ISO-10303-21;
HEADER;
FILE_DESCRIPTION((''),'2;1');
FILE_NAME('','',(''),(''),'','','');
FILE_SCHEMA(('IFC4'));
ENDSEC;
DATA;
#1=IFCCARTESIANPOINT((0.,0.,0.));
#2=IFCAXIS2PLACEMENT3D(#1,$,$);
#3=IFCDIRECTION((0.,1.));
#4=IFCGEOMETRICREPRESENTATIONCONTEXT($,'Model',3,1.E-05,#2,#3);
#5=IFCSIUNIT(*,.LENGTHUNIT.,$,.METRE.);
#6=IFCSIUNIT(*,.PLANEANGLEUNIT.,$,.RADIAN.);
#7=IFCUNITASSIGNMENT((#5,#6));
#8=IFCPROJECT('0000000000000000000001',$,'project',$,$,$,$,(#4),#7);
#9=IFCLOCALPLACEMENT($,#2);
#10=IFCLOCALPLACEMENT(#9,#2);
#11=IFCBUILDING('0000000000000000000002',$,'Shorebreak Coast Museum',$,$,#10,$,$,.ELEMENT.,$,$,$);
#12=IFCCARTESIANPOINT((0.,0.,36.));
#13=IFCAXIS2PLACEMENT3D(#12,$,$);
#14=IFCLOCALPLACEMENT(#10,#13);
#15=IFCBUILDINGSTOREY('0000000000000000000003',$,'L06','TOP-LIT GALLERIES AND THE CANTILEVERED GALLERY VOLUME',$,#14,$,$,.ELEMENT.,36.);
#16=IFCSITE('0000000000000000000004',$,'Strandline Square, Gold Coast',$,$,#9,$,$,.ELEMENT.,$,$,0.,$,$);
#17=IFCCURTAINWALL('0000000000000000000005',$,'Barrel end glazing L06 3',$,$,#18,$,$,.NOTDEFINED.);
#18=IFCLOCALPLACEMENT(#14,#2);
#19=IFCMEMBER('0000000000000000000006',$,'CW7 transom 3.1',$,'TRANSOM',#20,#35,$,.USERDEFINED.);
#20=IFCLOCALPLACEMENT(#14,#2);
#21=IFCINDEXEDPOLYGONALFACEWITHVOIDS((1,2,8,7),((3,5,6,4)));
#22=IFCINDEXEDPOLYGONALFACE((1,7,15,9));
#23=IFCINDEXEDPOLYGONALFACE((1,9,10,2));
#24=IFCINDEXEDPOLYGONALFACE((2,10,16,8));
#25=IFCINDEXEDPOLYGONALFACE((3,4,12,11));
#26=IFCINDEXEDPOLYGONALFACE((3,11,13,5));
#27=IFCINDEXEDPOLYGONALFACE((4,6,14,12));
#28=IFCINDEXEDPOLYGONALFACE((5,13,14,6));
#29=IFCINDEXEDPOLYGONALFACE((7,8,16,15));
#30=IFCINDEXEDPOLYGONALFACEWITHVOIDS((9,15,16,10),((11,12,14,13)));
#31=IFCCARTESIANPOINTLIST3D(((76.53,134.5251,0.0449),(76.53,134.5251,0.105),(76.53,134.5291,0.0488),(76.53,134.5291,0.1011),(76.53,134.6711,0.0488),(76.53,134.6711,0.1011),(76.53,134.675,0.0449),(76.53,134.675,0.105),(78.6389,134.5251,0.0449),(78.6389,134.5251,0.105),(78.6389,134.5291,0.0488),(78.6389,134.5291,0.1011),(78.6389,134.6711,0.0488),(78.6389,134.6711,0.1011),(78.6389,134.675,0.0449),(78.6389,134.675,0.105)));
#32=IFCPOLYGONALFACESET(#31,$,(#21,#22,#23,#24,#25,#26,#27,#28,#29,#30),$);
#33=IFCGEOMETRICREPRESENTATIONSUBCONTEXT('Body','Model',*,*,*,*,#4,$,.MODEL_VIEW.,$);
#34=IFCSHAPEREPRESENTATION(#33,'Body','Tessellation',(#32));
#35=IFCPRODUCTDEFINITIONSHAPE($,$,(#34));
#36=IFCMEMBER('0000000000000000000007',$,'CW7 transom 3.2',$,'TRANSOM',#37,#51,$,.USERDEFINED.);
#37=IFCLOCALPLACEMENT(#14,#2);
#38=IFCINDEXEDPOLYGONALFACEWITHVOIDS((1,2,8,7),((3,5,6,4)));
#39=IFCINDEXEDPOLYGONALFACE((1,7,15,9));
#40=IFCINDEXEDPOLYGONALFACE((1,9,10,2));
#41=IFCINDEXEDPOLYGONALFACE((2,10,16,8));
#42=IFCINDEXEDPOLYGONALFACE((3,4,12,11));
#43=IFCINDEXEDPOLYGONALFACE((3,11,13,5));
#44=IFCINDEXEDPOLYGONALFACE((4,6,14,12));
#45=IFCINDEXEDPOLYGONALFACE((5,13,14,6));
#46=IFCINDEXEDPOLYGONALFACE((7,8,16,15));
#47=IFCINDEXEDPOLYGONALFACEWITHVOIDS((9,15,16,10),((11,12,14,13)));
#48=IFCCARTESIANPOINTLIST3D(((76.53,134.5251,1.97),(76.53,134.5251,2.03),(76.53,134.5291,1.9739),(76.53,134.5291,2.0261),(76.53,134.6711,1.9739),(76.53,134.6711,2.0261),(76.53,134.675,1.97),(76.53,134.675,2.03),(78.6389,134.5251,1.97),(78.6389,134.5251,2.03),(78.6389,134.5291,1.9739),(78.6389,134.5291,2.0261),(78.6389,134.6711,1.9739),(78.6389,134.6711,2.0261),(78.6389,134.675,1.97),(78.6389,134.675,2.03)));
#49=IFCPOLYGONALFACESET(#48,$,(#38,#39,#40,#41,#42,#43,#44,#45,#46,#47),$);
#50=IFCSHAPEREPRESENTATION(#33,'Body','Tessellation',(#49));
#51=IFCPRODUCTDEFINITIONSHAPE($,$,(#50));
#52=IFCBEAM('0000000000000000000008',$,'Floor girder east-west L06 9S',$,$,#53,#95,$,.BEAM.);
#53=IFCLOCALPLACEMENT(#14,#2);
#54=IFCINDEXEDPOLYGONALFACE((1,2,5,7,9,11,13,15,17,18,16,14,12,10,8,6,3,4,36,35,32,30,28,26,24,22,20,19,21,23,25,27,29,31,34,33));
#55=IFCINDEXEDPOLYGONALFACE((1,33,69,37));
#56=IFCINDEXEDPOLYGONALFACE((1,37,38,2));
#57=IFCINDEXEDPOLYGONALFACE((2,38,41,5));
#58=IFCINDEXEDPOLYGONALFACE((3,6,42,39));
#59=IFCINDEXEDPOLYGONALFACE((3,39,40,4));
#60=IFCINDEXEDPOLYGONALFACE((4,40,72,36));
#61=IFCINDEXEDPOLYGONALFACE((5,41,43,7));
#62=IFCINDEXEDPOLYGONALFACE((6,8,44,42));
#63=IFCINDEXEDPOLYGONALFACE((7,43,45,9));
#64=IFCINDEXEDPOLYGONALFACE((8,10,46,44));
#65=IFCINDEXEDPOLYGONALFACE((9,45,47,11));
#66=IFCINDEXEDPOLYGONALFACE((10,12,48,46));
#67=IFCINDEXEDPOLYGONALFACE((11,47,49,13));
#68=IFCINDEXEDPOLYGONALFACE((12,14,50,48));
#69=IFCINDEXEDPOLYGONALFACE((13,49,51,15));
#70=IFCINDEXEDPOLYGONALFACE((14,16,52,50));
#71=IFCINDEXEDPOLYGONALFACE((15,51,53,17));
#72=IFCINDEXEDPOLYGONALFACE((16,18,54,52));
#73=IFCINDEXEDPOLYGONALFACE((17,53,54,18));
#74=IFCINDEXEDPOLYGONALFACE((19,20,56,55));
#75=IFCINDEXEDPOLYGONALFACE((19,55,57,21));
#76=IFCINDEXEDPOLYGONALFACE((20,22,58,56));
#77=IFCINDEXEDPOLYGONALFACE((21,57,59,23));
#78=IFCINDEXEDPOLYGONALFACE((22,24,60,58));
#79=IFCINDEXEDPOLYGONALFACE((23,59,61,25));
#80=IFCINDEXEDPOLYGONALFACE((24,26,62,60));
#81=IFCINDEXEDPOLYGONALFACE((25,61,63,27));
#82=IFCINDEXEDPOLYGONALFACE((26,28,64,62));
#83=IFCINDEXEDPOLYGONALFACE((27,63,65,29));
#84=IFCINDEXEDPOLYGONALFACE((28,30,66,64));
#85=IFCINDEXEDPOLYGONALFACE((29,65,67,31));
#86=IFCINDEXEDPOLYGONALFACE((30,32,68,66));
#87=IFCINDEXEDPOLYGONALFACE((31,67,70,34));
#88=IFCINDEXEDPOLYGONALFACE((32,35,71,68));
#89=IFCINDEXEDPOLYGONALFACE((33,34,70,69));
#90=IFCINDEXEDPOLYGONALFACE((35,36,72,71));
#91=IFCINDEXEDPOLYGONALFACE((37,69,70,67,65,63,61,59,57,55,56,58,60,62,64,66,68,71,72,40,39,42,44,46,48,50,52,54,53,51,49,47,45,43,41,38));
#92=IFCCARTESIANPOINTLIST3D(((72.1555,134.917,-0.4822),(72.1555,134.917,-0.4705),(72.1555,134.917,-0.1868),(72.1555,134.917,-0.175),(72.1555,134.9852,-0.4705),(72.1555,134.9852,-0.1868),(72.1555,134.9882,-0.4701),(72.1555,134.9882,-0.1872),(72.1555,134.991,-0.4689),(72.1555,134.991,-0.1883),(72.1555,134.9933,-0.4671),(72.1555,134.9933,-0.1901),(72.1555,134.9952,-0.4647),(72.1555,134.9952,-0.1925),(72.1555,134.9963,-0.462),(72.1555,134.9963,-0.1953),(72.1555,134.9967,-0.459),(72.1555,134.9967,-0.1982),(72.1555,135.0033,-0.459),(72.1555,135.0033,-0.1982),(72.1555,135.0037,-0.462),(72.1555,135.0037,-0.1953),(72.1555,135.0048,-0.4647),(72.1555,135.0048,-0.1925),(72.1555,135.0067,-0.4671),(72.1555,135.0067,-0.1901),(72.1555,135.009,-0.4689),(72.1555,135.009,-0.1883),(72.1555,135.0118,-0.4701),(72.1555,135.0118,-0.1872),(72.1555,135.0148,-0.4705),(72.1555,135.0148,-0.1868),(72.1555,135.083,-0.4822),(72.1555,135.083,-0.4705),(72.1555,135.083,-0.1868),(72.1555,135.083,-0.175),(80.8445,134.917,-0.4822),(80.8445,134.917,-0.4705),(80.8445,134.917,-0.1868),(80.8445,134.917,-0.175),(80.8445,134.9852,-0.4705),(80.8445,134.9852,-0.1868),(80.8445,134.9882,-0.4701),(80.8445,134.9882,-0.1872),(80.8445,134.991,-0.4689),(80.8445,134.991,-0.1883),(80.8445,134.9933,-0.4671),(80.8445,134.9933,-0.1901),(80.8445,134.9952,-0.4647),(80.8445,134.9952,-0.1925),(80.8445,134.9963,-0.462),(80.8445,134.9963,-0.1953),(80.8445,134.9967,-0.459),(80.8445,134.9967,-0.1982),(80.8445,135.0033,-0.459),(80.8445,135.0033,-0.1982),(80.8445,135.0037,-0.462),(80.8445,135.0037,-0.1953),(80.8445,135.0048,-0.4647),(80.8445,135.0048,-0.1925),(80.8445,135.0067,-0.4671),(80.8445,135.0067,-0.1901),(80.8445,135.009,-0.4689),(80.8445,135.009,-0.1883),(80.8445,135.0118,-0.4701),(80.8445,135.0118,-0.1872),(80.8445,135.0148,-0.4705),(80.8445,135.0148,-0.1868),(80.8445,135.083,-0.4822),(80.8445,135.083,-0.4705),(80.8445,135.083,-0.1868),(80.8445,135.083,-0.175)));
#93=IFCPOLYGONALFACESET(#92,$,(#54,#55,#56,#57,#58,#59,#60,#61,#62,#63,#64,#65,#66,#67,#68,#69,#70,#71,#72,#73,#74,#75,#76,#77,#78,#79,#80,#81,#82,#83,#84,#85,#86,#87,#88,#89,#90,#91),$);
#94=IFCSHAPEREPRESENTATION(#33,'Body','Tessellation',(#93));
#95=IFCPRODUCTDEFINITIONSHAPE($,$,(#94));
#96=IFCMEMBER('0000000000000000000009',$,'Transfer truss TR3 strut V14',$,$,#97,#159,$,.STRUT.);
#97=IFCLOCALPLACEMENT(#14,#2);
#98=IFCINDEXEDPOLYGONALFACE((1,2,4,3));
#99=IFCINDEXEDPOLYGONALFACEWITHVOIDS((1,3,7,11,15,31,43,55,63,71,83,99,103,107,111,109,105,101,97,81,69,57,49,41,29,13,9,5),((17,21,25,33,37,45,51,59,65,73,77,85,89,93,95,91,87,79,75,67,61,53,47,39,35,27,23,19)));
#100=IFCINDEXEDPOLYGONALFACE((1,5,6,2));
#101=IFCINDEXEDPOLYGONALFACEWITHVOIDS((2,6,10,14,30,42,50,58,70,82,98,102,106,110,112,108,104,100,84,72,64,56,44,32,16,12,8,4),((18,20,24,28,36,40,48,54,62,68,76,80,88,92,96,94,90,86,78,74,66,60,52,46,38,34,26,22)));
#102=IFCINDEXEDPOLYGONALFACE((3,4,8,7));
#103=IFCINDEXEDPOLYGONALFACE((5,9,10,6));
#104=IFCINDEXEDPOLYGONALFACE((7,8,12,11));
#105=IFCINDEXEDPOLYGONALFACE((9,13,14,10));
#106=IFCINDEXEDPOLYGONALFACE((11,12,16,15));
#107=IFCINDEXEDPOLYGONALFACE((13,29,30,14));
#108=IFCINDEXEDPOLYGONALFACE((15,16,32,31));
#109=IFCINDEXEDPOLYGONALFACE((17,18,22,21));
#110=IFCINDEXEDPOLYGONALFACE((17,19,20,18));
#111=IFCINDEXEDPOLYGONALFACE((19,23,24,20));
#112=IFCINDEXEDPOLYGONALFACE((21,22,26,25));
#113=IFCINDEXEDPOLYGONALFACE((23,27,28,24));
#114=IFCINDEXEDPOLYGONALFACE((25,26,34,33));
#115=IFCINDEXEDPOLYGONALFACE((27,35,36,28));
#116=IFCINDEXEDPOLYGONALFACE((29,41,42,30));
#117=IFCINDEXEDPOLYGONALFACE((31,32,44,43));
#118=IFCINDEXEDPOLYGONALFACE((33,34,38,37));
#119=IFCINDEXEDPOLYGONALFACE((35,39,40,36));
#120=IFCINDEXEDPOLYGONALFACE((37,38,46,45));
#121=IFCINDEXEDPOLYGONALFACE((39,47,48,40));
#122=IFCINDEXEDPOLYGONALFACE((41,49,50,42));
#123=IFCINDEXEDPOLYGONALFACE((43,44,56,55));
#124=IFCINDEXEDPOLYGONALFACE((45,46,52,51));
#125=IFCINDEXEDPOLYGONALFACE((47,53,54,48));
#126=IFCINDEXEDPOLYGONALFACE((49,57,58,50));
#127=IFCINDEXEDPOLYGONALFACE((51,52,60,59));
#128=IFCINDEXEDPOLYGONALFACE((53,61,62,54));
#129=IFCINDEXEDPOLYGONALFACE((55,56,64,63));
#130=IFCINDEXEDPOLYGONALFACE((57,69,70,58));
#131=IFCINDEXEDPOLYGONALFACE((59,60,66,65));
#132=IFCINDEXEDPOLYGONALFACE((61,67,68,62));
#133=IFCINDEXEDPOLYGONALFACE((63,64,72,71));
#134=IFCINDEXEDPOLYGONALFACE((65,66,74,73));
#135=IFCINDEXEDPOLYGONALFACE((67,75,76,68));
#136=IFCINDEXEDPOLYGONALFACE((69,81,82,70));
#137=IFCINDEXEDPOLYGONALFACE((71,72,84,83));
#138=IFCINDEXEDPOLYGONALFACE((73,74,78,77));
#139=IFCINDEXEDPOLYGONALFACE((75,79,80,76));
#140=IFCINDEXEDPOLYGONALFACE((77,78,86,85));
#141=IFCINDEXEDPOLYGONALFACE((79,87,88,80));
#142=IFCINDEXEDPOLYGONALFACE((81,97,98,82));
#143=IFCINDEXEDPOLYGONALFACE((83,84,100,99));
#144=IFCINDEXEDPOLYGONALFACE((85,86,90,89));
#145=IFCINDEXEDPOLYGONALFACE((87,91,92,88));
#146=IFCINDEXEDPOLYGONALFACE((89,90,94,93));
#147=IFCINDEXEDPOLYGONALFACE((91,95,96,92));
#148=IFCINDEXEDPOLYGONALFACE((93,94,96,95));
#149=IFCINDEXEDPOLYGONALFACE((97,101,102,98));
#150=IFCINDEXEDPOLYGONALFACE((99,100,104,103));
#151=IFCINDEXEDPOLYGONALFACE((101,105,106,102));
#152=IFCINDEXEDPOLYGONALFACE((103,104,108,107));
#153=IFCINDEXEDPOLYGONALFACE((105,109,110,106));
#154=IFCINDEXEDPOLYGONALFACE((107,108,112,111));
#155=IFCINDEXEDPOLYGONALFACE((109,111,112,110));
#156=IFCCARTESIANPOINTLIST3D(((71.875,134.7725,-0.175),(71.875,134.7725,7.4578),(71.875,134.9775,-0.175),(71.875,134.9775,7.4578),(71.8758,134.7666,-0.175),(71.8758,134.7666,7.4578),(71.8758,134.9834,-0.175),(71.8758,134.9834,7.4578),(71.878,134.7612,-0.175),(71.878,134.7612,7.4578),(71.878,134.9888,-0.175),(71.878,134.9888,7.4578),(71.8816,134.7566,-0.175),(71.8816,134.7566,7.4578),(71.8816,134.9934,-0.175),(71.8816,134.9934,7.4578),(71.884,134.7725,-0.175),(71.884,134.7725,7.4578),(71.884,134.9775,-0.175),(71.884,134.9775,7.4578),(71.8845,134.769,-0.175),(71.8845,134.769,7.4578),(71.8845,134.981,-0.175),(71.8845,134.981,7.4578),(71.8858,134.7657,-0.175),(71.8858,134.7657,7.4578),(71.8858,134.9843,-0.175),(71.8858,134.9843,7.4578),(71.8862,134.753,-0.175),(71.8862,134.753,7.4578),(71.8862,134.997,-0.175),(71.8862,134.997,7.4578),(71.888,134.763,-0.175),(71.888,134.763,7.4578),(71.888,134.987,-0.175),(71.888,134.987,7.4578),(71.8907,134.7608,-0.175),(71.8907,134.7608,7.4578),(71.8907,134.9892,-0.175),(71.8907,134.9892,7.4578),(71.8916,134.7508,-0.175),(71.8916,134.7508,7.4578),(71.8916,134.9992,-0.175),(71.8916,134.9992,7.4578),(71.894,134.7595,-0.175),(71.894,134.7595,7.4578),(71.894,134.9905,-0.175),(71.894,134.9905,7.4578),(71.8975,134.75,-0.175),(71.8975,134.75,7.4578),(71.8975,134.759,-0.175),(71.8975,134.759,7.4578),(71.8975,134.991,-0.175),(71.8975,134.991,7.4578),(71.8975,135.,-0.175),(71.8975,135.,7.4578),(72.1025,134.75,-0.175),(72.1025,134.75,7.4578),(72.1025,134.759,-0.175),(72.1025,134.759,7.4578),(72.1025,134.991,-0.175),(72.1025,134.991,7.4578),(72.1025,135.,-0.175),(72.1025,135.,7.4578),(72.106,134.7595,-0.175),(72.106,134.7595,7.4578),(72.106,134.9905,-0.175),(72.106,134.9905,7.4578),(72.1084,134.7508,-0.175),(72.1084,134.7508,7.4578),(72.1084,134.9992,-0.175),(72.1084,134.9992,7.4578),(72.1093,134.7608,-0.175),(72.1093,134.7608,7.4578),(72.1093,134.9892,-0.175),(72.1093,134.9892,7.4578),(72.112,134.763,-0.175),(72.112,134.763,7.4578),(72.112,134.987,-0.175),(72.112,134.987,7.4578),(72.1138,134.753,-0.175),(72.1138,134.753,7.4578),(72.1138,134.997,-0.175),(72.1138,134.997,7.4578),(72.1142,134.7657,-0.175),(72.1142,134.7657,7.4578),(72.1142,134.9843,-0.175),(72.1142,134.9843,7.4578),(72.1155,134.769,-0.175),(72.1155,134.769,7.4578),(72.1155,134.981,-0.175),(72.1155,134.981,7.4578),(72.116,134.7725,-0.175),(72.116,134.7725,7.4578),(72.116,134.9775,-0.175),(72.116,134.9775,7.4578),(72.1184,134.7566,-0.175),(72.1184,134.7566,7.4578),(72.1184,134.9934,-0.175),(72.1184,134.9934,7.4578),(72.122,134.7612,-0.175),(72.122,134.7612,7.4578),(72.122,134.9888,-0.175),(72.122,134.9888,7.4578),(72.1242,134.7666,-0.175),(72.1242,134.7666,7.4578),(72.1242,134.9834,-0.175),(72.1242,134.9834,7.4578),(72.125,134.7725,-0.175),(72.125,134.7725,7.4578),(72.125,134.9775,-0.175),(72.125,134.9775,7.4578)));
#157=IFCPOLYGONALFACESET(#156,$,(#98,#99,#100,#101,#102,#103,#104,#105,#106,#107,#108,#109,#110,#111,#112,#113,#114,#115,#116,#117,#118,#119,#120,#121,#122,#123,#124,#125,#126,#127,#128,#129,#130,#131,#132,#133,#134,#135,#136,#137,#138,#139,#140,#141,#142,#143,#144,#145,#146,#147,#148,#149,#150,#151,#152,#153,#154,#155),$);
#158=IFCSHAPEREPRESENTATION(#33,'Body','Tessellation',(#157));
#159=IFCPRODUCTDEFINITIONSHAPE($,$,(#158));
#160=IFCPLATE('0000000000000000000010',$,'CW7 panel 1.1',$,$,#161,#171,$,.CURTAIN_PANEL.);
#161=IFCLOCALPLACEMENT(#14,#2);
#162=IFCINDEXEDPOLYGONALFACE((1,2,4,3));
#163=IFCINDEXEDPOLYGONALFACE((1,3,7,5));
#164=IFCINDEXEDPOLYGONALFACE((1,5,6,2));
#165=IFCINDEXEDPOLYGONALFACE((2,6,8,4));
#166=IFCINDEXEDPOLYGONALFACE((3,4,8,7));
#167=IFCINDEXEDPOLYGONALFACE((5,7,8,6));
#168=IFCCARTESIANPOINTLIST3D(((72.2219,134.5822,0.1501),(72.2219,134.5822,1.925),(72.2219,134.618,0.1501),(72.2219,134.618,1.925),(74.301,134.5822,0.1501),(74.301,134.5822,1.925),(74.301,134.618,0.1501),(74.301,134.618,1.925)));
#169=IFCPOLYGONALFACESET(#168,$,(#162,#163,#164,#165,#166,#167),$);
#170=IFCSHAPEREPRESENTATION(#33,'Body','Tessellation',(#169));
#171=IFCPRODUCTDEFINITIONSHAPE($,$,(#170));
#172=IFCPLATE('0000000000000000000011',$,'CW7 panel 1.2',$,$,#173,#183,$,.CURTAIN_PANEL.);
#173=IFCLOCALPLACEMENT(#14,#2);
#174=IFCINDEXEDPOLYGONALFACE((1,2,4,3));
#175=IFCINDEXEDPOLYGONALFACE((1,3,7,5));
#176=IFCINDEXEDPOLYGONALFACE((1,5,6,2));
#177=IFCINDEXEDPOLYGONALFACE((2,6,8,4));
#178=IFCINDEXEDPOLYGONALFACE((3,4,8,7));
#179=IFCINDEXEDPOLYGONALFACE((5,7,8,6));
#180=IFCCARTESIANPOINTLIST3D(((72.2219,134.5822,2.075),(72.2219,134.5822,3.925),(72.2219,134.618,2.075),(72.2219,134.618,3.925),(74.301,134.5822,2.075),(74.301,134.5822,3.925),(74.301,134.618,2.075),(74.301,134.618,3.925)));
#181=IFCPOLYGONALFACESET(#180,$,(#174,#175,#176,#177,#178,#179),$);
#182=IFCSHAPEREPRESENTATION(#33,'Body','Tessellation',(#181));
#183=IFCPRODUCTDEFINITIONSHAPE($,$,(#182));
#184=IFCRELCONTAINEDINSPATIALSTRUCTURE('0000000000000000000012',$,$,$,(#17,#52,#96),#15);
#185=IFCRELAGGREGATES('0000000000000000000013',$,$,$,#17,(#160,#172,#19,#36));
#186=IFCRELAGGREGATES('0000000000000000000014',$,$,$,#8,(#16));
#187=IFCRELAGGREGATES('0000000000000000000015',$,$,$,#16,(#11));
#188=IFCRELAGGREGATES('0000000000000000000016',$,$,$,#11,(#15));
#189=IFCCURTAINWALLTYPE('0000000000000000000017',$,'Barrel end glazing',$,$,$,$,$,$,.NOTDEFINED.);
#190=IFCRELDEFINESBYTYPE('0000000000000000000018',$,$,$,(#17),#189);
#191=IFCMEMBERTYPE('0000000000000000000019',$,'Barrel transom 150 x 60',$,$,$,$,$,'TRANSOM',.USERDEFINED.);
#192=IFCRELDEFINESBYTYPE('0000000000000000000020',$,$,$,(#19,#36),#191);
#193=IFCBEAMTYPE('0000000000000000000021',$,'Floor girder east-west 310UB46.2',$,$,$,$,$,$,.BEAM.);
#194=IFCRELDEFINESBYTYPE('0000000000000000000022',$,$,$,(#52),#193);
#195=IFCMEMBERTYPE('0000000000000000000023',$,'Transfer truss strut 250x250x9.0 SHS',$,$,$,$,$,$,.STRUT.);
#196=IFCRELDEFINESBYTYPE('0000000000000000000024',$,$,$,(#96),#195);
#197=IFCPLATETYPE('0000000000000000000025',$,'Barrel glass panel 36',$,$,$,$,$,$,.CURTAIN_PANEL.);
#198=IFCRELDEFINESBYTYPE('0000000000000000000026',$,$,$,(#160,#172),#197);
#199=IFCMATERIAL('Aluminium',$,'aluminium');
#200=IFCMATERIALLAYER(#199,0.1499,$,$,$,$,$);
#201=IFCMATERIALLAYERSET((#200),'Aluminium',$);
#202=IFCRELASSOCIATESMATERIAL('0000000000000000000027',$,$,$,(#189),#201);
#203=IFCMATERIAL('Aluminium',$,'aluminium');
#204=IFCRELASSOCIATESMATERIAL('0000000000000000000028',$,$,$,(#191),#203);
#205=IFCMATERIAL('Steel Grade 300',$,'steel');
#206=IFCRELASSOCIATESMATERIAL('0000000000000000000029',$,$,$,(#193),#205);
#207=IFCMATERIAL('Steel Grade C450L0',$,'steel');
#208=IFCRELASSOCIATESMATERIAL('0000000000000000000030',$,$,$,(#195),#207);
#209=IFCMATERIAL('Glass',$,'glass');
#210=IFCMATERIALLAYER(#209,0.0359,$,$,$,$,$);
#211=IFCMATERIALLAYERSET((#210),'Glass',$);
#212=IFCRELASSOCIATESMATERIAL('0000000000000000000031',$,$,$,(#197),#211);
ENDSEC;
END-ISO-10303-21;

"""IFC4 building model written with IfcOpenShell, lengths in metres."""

from ifc_helpers import new_model, si_unit, direction, frame, origin, origin_2d, place, context, subcontext, project, spatial, rectangle, hollow_rectangle, i_section, extrude, material, layer, layer_set, material_profile, profile_set, type_object, element, aggregate, save


model = new_model("IFC4")

# Units and contexts
model_context = context("Model", 3, precision=1e-05, world=origin(), true_north=direction((0.0, 1.0)))
body_context = subcontext(model_context, "Body", "Model", "MODEL_VIEW")
ifc_project = project(units=[si_unit("LENGTHUNIT", "METRE"), si_unit("PLANEANGLEUNIT", "RADIAN")], contexts=[model_context])

# Site, building, storey
site_placement = place(None, origin())
site = spatial("IfcSite", under=ifc_project, at=site_placement, Name="Strandline Square, Gold Coast", CompositionType="ELEMENT", RefElevation=0.0)
building_placement = place(site_placement, origin())
building = spatial("IfcBuilding", under=site, at=building_placement, Name="Shorebreak Coast Museum", CompositionType="ELEMENT")
storey_placement = place(building_placement, frame((0.0, 0.0, 36.0)))
storey = spatial("IfcBuildingStorey", under=building, at=storey_placement, Name="L06", Description="TOP-LIT GALLERIES AND THE CANTILEVERED GALLERY VOLUME", CompositionType="ELEMENT", Elevation=36.0)

# Curtain wall, members
ifc_material_1 = material(Name="Aluminium", Category="aluminium")
ifc_layer_1 = layer(ifc_material_1, 0.1499)
ifc_layer_set_1 = layer_set([ifc_layer_1], Name="Aluminium")
curtain_wall_type = type_object("IfcCurtainWallType", Name="Barrel end glazing", PredefinedType="NOTDEFINED", material=ifc_layer_set_1)
curtain_wall_placement = place(storey_placement, origin())
curtain_wall = element("IfcCurtainWall", 1, at=curtain_wall_placement, inside=storey, type_object=curtain_wall_type, Name="Barrel end glazing L06 3", PredefinedType="NOTDEFINED")
ifc_material_2 = material(Name="Aluminium", Category="aluminium")
ifc_material_profile_1 = material_profile(ifc_material_2, hollow_rectangle(XDim=0.1499, YDim=0.0601, WallThickness=0.0039, at=origin_2d()), Name="AL 60x150 RHS")
ifc_profile_set_1 = profile_set([ifc_material_profile_1], Name="Aluminium")
member_type_1 = type_object("IfcMemberType", Name="Barrel transom 150 x 60", ElementType="TRANSOM", PredefinedType="USERDEFINED", material=ifc_profile_set_1)
member_1_placement = place(storey_placement, frame((76.53, 134.6001, 0.075), z_axis=(1.0, 0.0, 0.0), x_axis=(0.0, 1.0, 0.0)))
member_1 = element("IfcMember", 2, at=member_1_placement, type_object=member_type_1, Name="CW7 transom 3.1", ObjectType="TRANSOM", PredefinedType="USERDEFINED", context=body_context, shape_type="SweptSolid", body=[
    extrude(hollow_rectangle(XDim=0.1499, YDim=0.0601, WallThickness=0.0039, at=origin_2d()), origin(), (0.0, 0.0, 1.0), 2.1089),
])
member_2_placement = place(storey_placement, frame((76.53, 134.6001, 2.0), z_axis=(1.0, 0.0, 0.0), x_axis=(0.0, 1.0, 0.0)))
member_2 = element("IfcMember", 3, at=member_2_placement, type_object=member_type_1, Name="CW7 transom 3.2", ObjectType="TRANSOM", PredefinedType="USERDEFINED", context=body_context, shape_type="SweptSolid", body=[
    extrude(hollow_rectangle(XDim=0.1499, YDim=0.0601, WallThickness=0.0039, at=origin_2d()), origin(), (0.0, 0.0, 1.0), 2.1089),
])

# Beam
ifc_material_3 = material(Name="Steel Grade 300", Category="steel")
ifc_material_profile_2 = material_profile(ifc_material_3, i_section(OverallWidth=0.166, OverallDepth=0.3071, WebThickness=0.0066, FlangeThickness=0.0117, FilletRadius=0.0115, at=origin_2d()), Name="310UB46.2")
ifc_profile_set_2 = profile_set([ifc_material_profile_2], Name="Steel Grade 300")
beam_type = type_object("IfcBeamType", Name="Floor girder east-west 310UB46.2", PredefinedType="BEAM", material=ifc_profile_set_2)
beam_placement = place(storey_placement, frame((72.1555, 135.0, -0.3286), z_axis=(1.0, 0.0, 0.0), x_axis=(0.0, 1.0, 0.0)))
element("IfcBeam", 4, at=beam_placement, inside=storey, type_object=beam_type, Name="Floor girder east-west L06 9S", PredefinedType="BEAM", context=body_context, shape_type="SweptSolid", body=[
    extrude(i_section(OverallWidth=0.166, OverallDepth=0.3071, WebThickness=0.0066, FlangeThickness=0.0117, FilletRadius=0.0115, at=origin_2d()), origin(), (0.0, 0.0, 1.0), 8.689),
])

# Member
ifc_material_4 = material(Name="Steel Grade C450L0", Category="steel")
ifc_material_profile_3 = material_profile(ifc_material_4, hollow_rectangle(XDim=0.25, YDim=0.25, WallThickness=0.009, InnerFilletRadius=0.0134, OuterFilletRadius=0.0225, at=origin_2d()), Name="250x250x9.0 SHS")
ifc_profile_set_3 = profile_set([ifc_material_profile_3], Name="Steel Grade C450L0")
member_type_2 = type_object("IfcMemberType", Name="Transfer truss strut 250x250x9.0 SHS", PredefinedType="STRUT", material=ifc_profile_set_3)
member_3_placement = place(storey_placement, frame((72.0, 134.875, -0.175), z_axis=(0.0, 0.0, 1.0), x_axis=(1.0, 0.0, 0.0)))
element("IfcMember", 5, at=member_3_placement, inside=storey, type_object=member_type_2, Name="Transfer truss TR3 strut V14", PredefinedType="STRUT", context=body_context, shape_type="SweptSolid", body=[
    extrude(hollow_rectangle(XDim=0.25, YDim=0.25, WallThickness=0.009, InnerFilletRadius=0.0134, OuterFilletRadius=0.0225, at=origin_2d()), origin(), (0.0, 0.0, 1.0), 7.6328),
])

# Plates
ifc_material_5 = material(Name="Glass", Category="glass")
ifc_layer_2 = layer(ifc_material_5, 0.0359)
ifc_layer_set_2 = layer_set([ifc_layer_2], Name="Glass")
plate_type = type_object("IfcPlateType", Name="Barrel glass panel 36", PredefinedType="CURTAIN_PANEL", material=ifc_layer_set_2)
plate_1_placement = place(storey_placement, frame((73.2615, 134.6001, 0.1501), z_axis=(0.0, 0.0, 1.0), x_axis=(1.0, 0.0, 0.0)))
plate_1 = element("IfcPlate", 6, at=plate_1_placement, type_object=plate_type, Name="CW7 panel 1.1", PredefinedType="CURTAIN_PANEL", context=body_context, shape_type="SweptSolid", body=[
    extrude(rectangle(XDim=2.0791, YDim=0.0359, at=origin_2d()), origin(), (0.0, 0.0, 1.0), 1.7749),
])
plate_2_placement = place(storey_placement, frame((73.2615, 134.6001, 2.075), z_axis=(0.0, 0.0, 1.0), x_axis=(1.0, 0.0, 0.0)))
plate_2 = element("IfcPlate", 7, at=plate_2_placement, type_object=plate_type, Name="CW7 panel 1.2", PredefinedType="CURTAIN_PANEL", context=body_context, shape_type="SweptSolid", body=[
    extrude(rectangle(XDim=2.0791, YDim=0.0359, at=origin_2d()), origin(), (0.0, 0.0, 1.0), 1.8501),
])
aggregate(curtain_wall, [plate_1, plate_2, member_1, member_2])

save(model, "model.ifc")
